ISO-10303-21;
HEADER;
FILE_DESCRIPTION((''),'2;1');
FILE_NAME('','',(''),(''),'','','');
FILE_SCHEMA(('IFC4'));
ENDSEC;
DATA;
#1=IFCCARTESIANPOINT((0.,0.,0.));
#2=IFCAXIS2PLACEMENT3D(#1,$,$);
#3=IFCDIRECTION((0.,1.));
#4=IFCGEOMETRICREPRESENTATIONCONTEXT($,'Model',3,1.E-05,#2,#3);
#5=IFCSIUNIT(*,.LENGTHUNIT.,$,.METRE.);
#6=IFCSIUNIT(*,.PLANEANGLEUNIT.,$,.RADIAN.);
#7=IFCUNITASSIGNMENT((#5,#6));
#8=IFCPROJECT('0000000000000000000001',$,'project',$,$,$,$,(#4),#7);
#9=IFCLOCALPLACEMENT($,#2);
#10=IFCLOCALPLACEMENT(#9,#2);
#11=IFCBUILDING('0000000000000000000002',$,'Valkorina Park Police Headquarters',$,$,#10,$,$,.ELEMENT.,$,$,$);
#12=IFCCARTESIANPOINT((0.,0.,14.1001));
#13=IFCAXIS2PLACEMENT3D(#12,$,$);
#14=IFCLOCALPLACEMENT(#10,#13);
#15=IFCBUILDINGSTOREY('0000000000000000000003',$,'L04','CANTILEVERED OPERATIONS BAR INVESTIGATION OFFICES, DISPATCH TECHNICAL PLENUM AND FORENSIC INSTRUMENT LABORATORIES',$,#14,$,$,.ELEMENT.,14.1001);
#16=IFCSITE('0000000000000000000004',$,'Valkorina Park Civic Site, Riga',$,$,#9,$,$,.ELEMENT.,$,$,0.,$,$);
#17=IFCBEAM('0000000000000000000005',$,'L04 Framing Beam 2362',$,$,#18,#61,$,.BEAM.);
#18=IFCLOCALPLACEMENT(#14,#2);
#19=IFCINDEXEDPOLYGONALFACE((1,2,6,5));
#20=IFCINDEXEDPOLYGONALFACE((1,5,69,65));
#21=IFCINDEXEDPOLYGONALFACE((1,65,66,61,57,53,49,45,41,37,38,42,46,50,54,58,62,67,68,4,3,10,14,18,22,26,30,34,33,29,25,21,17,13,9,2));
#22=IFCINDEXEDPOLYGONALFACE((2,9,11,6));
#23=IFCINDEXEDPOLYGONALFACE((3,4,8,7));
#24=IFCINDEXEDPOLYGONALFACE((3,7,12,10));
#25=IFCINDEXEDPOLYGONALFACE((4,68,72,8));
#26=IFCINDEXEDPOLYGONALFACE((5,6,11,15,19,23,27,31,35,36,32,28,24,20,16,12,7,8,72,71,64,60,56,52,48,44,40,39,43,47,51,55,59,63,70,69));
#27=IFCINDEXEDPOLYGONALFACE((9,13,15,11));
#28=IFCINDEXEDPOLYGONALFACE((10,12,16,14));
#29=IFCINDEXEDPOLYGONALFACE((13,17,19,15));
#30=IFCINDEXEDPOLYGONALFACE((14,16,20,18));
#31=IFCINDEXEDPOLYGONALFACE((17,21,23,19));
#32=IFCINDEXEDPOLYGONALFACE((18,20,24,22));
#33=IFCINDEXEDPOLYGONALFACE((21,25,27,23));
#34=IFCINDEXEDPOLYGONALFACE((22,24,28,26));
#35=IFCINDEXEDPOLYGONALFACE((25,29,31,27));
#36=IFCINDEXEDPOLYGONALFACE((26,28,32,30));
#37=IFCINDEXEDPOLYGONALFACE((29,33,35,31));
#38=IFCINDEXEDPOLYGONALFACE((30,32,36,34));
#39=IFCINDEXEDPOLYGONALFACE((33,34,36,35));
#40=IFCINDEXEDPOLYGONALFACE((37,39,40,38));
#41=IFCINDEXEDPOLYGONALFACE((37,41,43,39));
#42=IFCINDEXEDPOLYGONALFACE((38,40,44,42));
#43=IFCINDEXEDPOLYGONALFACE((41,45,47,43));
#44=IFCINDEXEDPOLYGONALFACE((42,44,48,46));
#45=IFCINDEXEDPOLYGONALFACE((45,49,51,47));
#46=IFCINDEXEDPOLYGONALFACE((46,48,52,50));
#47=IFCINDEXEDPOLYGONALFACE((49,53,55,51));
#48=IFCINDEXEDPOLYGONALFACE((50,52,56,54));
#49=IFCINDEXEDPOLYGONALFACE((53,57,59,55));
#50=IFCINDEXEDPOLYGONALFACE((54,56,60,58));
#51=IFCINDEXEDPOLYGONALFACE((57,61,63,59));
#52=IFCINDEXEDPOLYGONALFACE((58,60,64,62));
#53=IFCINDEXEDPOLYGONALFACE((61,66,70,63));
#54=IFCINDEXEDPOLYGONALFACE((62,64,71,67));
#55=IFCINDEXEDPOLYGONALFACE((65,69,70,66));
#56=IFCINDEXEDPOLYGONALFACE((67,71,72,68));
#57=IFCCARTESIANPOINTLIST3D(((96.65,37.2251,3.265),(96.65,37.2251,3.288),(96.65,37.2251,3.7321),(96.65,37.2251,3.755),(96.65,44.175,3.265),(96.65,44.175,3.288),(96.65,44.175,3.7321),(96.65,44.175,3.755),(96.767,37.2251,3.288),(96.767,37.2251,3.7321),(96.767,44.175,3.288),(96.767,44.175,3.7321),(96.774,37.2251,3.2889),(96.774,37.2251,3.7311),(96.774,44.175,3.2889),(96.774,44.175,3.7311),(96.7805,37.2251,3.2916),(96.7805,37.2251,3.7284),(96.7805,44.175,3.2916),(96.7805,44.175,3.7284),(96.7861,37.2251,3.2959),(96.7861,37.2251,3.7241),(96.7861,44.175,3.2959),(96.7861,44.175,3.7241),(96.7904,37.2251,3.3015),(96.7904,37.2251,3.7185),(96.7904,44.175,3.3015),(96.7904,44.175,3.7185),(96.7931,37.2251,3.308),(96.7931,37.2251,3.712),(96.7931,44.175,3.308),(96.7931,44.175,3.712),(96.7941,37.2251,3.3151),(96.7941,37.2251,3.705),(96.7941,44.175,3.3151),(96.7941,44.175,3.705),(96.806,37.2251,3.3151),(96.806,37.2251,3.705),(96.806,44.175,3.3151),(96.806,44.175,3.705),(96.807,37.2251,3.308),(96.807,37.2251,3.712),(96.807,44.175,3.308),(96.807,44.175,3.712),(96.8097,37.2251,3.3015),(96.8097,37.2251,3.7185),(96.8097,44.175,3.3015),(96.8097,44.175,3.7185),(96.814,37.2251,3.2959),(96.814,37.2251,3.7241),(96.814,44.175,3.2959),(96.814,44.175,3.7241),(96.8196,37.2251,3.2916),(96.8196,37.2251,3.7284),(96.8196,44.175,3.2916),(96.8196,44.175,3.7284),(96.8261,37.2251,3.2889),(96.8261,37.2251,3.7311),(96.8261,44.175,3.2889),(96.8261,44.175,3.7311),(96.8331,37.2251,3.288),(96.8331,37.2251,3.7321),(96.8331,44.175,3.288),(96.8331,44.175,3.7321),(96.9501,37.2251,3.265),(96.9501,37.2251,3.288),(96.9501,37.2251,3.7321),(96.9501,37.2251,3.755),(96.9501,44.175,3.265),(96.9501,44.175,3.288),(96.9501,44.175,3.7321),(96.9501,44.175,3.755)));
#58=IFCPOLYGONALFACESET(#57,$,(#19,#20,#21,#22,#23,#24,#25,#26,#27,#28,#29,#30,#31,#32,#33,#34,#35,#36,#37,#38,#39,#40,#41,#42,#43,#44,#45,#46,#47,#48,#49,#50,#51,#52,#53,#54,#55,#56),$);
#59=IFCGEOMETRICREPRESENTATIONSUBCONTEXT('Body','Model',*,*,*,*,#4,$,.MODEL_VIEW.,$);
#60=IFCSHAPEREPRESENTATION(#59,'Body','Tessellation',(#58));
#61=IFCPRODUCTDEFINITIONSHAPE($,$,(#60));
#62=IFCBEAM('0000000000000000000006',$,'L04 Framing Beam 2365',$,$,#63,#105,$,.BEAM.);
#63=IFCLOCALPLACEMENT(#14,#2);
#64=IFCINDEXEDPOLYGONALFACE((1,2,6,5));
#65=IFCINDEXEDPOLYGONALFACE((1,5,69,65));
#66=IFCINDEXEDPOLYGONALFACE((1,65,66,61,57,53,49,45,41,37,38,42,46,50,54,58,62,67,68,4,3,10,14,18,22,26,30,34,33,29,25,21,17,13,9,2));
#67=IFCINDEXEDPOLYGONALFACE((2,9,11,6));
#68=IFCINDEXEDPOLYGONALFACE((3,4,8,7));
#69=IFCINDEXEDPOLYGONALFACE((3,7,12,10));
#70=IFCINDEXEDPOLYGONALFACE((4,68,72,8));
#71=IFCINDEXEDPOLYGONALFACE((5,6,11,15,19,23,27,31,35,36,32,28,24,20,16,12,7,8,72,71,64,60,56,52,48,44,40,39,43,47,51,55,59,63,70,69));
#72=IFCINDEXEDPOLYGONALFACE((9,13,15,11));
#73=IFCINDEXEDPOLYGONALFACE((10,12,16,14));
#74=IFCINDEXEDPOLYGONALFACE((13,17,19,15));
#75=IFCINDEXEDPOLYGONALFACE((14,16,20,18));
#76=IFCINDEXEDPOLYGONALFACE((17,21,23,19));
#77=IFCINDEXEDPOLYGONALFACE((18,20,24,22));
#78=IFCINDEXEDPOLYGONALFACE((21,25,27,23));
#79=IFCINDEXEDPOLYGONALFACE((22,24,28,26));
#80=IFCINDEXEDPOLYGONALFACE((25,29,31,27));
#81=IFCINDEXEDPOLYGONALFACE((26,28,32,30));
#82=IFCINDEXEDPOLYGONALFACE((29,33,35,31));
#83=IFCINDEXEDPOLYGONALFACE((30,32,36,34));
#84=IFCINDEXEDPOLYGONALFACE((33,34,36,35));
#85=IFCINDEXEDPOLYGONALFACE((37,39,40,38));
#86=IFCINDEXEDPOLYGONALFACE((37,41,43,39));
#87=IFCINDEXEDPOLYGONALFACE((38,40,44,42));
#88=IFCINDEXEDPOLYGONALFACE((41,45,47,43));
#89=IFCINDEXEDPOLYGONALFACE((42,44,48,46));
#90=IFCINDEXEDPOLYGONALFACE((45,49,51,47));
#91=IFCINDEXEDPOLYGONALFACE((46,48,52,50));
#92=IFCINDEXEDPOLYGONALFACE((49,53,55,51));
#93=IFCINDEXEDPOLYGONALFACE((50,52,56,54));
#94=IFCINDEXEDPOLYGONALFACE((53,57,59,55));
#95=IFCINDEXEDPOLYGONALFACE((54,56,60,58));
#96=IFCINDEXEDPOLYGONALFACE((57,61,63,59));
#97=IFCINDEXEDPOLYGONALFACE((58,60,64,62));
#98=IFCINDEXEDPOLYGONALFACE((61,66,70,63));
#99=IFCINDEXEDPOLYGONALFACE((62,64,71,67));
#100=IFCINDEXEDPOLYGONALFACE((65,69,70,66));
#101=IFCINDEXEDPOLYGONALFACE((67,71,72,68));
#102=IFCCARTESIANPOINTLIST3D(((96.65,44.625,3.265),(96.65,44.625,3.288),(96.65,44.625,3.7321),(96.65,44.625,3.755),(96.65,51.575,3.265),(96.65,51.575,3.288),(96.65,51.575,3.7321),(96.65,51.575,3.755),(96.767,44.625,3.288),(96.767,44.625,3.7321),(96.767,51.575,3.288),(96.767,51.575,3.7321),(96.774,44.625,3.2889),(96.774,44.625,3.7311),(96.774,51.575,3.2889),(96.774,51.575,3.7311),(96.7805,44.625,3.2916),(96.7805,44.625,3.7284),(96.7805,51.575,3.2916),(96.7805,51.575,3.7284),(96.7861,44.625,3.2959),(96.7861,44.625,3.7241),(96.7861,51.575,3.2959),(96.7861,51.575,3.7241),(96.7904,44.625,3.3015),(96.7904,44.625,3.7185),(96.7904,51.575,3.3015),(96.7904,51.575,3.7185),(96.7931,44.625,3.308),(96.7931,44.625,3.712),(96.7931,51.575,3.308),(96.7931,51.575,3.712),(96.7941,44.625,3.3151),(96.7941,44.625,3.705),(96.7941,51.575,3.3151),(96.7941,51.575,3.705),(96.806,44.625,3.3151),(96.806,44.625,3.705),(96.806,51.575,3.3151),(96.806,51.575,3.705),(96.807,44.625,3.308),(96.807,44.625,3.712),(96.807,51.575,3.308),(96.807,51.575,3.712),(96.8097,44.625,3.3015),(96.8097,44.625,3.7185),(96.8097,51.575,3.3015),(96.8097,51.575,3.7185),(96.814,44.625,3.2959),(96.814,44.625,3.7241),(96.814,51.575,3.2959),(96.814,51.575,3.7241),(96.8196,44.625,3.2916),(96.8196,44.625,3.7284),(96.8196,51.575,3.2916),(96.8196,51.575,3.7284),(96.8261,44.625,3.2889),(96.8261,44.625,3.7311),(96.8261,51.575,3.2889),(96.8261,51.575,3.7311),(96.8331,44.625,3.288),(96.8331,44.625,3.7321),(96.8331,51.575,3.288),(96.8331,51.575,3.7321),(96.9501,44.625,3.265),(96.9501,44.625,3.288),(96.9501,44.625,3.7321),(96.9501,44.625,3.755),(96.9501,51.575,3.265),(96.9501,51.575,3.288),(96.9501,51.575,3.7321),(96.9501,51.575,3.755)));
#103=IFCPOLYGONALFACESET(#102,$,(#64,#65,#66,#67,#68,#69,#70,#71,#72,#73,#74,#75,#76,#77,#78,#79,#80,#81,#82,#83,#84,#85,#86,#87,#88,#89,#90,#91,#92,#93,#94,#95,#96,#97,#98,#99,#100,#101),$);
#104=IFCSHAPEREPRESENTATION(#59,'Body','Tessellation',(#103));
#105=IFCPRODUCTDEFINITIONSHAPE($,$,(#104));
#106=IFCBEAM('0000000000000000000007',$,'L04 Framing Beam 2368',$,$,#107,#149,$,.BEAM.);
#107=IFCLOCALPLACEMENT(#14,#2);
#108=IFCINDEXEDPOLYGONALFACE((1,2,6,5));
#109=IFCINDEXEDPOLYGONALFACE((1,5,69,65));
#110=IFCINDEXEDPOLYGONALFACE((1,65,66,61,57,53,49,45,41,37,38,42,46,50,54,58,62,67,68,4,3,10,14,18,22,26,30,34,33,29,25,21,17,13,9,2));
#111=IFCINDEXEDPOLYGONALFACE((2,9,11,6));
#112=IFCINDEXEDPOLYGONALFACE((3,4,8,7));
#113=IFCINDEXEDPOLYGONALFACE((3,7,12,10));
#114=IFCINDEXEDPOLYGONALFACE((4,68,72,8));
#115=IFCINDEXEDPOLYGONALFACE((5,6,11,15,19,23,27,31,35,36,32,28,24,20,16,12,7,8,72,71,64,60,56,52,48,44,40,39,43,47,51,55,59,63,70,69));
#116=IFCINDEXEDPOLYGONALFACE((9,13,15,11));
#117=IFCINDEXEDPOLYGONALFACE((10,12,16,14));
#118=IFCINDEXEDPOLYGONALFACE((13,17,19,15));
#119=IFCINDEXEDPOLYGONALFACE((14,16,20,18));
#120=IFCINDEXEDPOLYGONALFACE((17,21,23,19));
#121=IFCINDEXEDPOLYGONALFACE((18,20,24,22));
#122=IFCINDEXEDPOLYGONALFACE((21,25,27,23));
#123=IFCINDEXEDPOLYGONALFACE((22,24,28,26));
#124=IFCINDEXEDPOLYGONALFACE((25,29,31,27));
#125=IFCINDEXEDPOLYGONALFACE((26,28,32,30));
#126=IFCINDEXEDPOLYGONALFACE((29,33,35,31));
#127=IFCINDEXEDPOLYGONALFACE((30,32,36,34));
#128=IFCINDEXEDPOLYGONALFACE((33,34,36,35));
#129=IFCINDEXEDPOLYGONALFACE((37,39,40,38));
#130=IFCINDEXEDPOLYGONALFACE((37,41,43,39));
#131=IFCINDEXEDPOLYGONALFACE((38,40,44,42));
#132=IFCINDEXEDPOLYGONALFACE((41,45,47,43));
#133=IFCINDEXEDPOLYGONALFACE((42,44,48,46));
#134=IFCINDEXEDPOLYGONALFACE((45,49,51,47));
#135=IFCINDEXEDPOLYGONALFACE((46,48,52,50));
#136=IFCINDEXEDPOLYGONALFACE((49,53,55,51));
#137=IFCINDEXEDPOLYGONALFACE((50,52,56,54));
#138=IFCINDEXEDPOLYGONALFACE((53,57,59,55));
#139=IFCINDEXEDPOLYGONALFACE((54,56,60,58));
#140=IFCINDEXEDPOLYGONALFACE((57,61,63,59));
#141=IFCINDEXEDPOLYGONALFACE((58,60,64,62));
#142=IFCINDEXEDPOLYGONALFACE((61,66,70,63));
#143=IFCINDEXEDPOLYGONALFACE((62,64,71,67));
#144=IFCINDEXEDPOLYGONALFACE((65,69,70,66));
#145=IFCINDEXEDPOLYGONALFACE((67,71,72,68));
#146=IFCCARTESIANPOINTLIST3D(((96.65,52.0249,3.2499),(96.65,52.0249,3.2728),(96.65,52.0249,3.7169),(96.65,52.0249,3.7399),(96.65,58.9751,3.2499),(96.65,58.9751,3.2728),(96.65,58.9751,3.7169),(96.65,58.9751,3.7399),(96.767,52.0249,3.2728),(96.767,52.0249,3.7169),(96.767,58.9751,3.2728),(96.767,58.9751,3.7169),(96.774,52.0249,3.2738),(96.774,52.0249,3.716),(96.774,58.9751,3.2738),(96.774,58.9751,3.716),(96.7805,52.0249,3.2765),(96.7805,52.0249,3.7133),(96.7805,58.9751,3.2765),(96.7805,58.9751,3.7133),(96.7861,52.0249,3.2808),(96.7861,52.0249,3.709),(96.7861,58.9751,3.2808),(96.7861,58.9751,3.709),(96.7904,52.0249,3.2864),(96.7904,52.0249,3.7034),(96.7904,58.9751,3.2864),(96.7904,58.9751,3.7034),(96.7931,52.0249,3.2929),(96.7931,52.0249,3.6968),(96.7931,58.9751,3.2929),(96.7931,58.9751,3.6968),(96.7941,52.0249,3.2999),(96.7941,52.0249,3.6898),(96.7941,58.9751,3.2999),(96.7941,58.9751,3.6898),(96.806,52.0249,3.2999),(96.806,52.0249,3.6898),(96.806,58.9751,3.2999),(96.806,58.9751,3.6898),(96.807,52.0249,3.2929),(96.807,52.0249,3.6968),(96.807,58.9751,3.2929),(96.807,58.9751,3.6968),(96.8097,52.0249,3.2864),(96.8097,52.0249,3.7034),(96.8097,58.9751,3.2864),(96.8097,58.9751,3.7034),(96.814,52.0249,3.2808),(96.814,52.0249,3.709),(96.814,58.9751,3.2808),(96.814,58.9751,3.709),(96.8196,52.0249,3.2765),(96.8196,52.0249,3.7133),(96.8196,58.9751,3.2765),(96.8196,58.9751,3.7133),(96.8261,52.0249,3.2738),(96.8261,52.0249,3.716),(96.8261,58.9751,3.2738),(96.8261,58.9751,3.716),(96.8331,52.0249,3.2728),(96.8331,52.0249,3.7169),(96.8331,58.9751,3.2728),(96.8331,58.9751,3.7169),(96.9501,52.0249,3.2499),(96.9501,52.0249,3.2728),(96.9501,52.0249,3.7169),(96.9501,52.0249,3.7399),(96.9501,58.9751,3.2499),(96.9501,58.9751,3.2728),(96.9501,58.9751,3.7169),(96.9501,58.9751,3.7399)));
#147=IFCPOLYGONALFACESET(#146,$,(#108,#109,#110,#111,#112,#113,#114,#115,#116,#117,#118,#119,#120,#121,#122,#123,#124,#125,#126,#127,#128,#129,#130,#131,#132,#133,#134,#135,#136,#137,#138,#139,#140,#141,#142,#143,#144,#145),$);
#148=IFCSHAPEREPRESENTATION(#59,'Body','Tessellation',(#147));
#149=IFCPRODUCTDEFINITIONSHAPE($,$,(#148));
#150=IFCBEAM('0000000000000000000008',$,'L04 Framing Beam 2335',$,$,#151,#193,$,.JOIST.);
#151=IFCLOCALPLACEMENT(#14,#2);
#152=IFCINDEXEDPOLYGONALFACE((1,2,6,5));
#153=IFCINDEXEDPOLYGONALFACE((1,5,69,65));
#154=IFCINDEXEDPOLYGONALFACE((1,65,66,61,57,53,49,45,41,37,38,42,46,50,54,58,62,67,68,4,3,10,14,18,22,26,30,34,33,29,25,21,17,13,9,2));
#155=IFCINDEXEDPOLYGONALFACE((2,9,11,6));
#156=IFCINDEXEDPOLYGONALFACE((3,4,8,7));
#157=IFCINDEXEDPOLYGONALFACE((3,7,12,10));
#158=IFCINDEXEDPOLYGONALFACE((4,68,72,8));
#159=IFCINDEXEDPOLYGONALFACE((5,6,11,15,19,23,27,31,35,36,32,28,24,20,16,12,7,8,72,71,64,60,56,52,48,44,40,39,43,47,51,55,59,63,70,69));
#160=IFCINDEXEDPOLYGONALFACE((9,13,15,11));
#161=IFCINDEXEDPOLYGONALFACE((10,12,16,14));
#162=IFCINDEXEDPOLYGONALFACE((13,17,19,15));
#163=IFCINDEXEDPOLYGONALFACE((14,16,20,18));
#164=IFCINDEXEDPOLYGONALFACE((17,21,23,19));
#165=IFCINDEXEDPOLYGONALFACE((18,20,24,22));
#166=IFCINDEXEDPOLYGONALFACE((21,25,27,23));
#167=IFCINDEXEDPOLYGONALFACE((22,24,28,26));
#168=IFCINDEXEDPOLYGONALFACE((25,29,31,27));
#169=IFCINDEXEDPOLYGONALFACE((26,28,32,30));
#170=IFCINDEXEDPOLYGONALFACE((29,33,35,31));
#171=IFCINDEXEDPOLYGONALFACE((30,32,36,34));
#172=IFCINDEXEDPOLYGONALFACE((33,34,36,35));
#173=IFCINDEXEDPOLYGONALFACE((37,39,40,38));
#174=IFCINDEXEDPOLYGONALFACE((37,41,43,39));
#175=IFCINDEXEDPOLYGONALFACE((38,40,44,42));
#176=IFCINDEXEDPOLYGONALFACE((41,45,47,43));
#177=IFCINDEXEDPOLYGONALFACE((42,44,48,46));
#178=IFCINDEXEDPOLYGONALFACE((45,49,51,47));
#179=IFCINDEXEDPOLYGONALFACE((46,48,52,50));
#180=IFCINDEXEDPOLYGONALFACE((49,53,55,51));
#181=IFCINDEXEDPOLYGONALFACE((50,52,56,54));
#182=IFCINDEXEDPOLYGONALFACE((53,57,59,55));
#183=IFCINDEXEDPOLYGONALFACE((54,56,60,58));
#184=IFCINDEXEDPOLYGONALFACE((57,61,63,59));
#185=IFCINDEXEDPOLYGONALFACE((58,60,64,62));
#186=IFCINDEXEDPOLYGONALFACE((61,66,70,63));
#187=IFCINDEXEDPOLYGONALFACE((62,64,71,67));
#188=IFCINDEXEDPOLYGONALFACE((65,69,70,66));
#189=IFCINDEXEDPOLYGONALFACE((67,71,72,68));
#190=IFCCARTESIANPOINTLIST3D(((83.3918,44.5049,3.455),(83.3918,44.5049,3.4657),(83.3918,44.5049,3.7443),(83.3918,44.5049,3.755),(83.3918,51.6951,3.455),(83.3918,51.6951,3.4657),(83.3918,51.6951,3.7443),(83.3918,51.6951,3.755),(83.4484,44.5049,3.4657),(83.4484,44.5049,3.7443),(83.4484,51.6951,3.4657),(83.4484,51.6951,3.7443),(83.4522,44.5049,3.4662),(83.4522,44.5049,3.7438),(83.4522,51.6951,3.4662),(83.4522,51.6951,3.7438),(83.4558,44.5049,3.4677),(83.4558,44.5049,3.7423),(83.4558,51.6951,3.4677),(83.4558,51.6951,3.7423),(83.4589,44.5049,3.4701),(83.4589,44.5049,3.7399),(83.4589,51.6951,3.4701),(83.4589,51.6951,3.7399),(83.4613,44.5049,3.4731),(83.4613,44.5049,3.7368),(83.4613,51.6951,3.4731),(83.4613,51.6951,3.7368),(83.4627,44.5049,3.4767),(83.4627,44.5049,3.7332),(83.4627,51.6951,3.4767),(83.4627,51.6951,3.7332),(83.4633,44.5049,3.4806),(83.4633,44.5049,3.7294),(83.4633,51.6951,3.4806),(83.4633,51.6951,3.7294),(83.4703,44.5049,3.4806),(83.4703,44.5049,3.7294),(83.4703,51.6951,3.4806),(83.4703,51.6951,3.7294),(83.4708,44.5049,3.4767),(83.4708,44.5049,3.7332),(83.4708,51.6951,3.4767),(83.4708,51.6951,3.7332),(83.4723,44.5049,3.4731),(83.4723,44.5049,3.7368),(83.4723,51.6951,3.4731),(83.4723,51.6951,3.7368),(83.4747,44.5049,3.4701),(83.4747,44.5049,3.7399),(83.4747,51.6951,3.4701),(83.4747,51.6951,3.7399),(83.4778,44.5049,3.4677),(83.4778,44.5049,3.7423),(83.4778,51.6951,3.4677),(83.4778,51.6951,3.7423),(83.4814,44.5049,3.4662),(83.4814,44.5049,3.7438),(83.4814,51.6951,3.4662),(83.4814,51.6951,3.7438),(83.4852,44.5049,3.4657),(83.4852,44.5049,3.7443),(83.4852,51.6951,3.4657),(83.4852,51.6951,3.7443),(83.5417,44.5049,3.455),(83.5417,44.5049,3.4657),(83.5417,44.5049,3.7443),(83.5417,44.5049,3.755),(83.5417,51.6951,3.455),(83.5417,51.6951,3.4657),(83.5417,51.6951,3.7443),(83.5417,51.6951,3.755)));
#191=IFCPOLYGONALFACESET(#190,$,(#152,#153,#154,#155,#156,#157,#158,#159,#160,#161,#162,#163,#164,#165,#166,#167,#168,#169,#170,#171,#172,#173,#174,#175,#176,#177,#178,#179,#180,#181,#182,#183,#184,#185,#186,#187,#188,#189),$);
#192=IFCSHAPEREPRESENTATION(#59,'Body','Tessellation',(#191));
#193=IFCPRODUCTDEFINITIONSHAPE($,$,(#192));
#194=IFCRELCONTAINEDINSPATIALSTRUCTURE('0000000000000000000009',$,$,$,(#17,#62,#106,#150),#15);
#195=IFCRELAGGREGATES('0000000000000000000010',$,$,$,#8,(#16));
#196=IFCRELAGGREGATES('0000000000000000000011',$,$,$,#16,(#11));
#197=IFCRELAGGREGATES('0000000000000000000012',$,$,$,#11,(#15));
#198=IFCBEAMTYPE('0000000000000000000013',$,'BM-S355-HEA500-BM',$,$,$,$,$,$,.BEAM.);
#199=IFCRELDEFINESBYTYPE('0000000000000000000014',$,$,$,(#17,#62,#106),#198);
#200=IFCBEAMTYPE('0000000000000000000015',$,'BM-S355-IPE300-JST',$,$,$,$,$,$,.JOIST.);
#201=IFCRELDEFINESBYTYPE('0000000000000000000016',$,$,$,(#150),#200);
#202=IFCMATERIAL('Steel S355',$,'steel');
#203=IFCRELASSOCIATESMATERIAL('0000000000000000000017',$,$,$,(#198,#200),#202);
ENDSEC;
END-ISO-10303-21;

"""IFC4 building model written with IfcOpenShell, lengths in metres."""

from ifc_helpers import new_model, si_unit, direction, frame, origin, origin_2d, place, context, subcontext, project, spatial, i_section, extrude, material, material_profile, profile_set, type_object, element, save


model = new_model("IFC4")

# Units and contexts
model_context = context("Model", 3, precision=1e-05, world=origin(), true_north=direction((0.0, 1.0)))
body_context = subcontext(model_context, "Body", "Model", "MODEL_VIEW")
ifc_project = project(units=[si_unit("LENGTHUNIT", "METRE"), si_unit("PLANEANGLEUNIT", "RADIAN")], contexts=[model_context])

# Site, building, storey
site_placement = place(None, origin())
site = spatial("IfcSite", under=ifc_project, at=site_placement, Name="Valkorina Park Civic Site, Riga", CompositionType="ELEMENT", RefElevation=0.0)
building_placement = place(site_placement, origin())
building = spatial("IfcBuilding", under=site, at=building_placement, Name="Valkorina Park Police Headquarters", CompositionType="ELEMENT")
storey_placement = place(building_placement, frame((0.0, 0.0, 14.1001)))
storey = spatial("IfcBuildingStorey", under=building, at=storey_placement, Name="L04", Description="CANTILEVERED OPERATIONS BAR INVESTIGATION OFFICES, DISPATCH TECHNICAL PLENUM AND FORENSIC INSTRUMENT LABORATORIES", CompositionType="ELEMENT", Elevation=14.1001)

# Shared definitions
ifc_material_1 = material(Name="Steel S355", Category="steel")

# Beams
ifc_material_profile_1 = material_profile(ifc_material_1, i_section(OverallWidth=0.3, OverallDepth=0.49, WebThickness=0.012, FlangeThickness=0.0229, FilletRadius=0.0271, at=origin_2d()), Name="HEA 500")
ifc_profile_set_1 = profile_set([ifc_material_profile_1], Name="Steel S355")
beam_type_1 = type_object("IfcBeamType", Name="BM-S355-HEA500-BM", PredefinedType="BEAM", material=ifc_profile_set_1)
for number, where, z_axis, x_axis, name in (
    (1, (96.8, 37.2251, 3.51), (0.0, 1.0, 0.0), (-1.0, 0.0, 0.0), "L04 Framing Beam 2362"),
    (2, (96.8, 44.625, 3.51), (0.0, 1.0, 0.0), (-1.0, 0.0, 0.0), "L04 Framing Beam 2365"),
):
    element("IfcBeam", number, at=place(storey_placement, frame(where, z_axis=z_axis, x_axis=x_axis)), inside=storey, type_object=beam_type_1, Name=name, PredefinedType="BEAM", context=body_context, shape_type="SweptSolid", body=[
        extrude(i_section(OverallWidth=0.3, OverallDepth=0.49, WebThickness=0.012, FlangeThickness=0.0229, FilletRadius=0.0271, at=origin_2d()), origin(), (0.0, 0.0, 1.0), 6.95),
    ])
beam_1_placement = place(storey_placement, frame((96.8, 52.0249, 3.4949), z_axis=(0.0, 1.0, 0.0), x_axis=(-1.0, 0.0, 0.0)))
element("IfcBeam", 3, at=beam_1_placement, inside=storey, type_object=beam_type_1, Name="L04 Framing Beam 2368", PredefinedType="BEAM", context=body_context, shape_type="SweptSolid", body=[
    extrude(i_section(OverallWidth=0.3, OverallDepth=0.49, WebThickness=0.012, FlangeThickness=0.0229, FilletRadius=0.0271, at=origin_2d()), origin(), (0.0, 0.0, 1.0), 6.9502),
])
ifc_material_profile_2 = material_profile(ifc_material_1, i_section(OverallWidth=0.1499, OverallDepth=0.3, WebThickness=0.0071, FlangeThickness=0.0107, FilletRadius=0.0149, at=origin_2d()), Name="IPE 300")
ifc_profile_set_2 = profile_set([ifc_material_profile_2], Name="Steel S355")
beam_type_2 = type_object("IfcBeamType", Name="BM-S355-IPE300-JST", PredefinedType="JOIST", material=ifc_profile_set_2)
for number, where, z_axis, x_axis, name in (
    (4, (83.4668, 44.5049, 3.605), (0.0, 1.0, 0.0), (-1.0, 0.0, 0.0), "L04 Framing Beam 2335"),
):
    element("IfcBeam", number, at=place(storey_placement, frame(where, z_axis=z_axis, x_axis=x_axis)), inside=storey, type_object=beam_type_2, Name=name, PredefinedType="JOIST", context=body_context, shape_type="SweptSolid", body=[
        extrude(i_section(OverallWidth=0.1499, OverallDepth=0.3, WebThickness=0.0071, FlangeThickness=0.0107, FilletRadius=0.0149, at=origin_2d()), origin(), (0.0, 0.0, 1.0), 7.1902),
    ])

save(model, "model.ifc")
